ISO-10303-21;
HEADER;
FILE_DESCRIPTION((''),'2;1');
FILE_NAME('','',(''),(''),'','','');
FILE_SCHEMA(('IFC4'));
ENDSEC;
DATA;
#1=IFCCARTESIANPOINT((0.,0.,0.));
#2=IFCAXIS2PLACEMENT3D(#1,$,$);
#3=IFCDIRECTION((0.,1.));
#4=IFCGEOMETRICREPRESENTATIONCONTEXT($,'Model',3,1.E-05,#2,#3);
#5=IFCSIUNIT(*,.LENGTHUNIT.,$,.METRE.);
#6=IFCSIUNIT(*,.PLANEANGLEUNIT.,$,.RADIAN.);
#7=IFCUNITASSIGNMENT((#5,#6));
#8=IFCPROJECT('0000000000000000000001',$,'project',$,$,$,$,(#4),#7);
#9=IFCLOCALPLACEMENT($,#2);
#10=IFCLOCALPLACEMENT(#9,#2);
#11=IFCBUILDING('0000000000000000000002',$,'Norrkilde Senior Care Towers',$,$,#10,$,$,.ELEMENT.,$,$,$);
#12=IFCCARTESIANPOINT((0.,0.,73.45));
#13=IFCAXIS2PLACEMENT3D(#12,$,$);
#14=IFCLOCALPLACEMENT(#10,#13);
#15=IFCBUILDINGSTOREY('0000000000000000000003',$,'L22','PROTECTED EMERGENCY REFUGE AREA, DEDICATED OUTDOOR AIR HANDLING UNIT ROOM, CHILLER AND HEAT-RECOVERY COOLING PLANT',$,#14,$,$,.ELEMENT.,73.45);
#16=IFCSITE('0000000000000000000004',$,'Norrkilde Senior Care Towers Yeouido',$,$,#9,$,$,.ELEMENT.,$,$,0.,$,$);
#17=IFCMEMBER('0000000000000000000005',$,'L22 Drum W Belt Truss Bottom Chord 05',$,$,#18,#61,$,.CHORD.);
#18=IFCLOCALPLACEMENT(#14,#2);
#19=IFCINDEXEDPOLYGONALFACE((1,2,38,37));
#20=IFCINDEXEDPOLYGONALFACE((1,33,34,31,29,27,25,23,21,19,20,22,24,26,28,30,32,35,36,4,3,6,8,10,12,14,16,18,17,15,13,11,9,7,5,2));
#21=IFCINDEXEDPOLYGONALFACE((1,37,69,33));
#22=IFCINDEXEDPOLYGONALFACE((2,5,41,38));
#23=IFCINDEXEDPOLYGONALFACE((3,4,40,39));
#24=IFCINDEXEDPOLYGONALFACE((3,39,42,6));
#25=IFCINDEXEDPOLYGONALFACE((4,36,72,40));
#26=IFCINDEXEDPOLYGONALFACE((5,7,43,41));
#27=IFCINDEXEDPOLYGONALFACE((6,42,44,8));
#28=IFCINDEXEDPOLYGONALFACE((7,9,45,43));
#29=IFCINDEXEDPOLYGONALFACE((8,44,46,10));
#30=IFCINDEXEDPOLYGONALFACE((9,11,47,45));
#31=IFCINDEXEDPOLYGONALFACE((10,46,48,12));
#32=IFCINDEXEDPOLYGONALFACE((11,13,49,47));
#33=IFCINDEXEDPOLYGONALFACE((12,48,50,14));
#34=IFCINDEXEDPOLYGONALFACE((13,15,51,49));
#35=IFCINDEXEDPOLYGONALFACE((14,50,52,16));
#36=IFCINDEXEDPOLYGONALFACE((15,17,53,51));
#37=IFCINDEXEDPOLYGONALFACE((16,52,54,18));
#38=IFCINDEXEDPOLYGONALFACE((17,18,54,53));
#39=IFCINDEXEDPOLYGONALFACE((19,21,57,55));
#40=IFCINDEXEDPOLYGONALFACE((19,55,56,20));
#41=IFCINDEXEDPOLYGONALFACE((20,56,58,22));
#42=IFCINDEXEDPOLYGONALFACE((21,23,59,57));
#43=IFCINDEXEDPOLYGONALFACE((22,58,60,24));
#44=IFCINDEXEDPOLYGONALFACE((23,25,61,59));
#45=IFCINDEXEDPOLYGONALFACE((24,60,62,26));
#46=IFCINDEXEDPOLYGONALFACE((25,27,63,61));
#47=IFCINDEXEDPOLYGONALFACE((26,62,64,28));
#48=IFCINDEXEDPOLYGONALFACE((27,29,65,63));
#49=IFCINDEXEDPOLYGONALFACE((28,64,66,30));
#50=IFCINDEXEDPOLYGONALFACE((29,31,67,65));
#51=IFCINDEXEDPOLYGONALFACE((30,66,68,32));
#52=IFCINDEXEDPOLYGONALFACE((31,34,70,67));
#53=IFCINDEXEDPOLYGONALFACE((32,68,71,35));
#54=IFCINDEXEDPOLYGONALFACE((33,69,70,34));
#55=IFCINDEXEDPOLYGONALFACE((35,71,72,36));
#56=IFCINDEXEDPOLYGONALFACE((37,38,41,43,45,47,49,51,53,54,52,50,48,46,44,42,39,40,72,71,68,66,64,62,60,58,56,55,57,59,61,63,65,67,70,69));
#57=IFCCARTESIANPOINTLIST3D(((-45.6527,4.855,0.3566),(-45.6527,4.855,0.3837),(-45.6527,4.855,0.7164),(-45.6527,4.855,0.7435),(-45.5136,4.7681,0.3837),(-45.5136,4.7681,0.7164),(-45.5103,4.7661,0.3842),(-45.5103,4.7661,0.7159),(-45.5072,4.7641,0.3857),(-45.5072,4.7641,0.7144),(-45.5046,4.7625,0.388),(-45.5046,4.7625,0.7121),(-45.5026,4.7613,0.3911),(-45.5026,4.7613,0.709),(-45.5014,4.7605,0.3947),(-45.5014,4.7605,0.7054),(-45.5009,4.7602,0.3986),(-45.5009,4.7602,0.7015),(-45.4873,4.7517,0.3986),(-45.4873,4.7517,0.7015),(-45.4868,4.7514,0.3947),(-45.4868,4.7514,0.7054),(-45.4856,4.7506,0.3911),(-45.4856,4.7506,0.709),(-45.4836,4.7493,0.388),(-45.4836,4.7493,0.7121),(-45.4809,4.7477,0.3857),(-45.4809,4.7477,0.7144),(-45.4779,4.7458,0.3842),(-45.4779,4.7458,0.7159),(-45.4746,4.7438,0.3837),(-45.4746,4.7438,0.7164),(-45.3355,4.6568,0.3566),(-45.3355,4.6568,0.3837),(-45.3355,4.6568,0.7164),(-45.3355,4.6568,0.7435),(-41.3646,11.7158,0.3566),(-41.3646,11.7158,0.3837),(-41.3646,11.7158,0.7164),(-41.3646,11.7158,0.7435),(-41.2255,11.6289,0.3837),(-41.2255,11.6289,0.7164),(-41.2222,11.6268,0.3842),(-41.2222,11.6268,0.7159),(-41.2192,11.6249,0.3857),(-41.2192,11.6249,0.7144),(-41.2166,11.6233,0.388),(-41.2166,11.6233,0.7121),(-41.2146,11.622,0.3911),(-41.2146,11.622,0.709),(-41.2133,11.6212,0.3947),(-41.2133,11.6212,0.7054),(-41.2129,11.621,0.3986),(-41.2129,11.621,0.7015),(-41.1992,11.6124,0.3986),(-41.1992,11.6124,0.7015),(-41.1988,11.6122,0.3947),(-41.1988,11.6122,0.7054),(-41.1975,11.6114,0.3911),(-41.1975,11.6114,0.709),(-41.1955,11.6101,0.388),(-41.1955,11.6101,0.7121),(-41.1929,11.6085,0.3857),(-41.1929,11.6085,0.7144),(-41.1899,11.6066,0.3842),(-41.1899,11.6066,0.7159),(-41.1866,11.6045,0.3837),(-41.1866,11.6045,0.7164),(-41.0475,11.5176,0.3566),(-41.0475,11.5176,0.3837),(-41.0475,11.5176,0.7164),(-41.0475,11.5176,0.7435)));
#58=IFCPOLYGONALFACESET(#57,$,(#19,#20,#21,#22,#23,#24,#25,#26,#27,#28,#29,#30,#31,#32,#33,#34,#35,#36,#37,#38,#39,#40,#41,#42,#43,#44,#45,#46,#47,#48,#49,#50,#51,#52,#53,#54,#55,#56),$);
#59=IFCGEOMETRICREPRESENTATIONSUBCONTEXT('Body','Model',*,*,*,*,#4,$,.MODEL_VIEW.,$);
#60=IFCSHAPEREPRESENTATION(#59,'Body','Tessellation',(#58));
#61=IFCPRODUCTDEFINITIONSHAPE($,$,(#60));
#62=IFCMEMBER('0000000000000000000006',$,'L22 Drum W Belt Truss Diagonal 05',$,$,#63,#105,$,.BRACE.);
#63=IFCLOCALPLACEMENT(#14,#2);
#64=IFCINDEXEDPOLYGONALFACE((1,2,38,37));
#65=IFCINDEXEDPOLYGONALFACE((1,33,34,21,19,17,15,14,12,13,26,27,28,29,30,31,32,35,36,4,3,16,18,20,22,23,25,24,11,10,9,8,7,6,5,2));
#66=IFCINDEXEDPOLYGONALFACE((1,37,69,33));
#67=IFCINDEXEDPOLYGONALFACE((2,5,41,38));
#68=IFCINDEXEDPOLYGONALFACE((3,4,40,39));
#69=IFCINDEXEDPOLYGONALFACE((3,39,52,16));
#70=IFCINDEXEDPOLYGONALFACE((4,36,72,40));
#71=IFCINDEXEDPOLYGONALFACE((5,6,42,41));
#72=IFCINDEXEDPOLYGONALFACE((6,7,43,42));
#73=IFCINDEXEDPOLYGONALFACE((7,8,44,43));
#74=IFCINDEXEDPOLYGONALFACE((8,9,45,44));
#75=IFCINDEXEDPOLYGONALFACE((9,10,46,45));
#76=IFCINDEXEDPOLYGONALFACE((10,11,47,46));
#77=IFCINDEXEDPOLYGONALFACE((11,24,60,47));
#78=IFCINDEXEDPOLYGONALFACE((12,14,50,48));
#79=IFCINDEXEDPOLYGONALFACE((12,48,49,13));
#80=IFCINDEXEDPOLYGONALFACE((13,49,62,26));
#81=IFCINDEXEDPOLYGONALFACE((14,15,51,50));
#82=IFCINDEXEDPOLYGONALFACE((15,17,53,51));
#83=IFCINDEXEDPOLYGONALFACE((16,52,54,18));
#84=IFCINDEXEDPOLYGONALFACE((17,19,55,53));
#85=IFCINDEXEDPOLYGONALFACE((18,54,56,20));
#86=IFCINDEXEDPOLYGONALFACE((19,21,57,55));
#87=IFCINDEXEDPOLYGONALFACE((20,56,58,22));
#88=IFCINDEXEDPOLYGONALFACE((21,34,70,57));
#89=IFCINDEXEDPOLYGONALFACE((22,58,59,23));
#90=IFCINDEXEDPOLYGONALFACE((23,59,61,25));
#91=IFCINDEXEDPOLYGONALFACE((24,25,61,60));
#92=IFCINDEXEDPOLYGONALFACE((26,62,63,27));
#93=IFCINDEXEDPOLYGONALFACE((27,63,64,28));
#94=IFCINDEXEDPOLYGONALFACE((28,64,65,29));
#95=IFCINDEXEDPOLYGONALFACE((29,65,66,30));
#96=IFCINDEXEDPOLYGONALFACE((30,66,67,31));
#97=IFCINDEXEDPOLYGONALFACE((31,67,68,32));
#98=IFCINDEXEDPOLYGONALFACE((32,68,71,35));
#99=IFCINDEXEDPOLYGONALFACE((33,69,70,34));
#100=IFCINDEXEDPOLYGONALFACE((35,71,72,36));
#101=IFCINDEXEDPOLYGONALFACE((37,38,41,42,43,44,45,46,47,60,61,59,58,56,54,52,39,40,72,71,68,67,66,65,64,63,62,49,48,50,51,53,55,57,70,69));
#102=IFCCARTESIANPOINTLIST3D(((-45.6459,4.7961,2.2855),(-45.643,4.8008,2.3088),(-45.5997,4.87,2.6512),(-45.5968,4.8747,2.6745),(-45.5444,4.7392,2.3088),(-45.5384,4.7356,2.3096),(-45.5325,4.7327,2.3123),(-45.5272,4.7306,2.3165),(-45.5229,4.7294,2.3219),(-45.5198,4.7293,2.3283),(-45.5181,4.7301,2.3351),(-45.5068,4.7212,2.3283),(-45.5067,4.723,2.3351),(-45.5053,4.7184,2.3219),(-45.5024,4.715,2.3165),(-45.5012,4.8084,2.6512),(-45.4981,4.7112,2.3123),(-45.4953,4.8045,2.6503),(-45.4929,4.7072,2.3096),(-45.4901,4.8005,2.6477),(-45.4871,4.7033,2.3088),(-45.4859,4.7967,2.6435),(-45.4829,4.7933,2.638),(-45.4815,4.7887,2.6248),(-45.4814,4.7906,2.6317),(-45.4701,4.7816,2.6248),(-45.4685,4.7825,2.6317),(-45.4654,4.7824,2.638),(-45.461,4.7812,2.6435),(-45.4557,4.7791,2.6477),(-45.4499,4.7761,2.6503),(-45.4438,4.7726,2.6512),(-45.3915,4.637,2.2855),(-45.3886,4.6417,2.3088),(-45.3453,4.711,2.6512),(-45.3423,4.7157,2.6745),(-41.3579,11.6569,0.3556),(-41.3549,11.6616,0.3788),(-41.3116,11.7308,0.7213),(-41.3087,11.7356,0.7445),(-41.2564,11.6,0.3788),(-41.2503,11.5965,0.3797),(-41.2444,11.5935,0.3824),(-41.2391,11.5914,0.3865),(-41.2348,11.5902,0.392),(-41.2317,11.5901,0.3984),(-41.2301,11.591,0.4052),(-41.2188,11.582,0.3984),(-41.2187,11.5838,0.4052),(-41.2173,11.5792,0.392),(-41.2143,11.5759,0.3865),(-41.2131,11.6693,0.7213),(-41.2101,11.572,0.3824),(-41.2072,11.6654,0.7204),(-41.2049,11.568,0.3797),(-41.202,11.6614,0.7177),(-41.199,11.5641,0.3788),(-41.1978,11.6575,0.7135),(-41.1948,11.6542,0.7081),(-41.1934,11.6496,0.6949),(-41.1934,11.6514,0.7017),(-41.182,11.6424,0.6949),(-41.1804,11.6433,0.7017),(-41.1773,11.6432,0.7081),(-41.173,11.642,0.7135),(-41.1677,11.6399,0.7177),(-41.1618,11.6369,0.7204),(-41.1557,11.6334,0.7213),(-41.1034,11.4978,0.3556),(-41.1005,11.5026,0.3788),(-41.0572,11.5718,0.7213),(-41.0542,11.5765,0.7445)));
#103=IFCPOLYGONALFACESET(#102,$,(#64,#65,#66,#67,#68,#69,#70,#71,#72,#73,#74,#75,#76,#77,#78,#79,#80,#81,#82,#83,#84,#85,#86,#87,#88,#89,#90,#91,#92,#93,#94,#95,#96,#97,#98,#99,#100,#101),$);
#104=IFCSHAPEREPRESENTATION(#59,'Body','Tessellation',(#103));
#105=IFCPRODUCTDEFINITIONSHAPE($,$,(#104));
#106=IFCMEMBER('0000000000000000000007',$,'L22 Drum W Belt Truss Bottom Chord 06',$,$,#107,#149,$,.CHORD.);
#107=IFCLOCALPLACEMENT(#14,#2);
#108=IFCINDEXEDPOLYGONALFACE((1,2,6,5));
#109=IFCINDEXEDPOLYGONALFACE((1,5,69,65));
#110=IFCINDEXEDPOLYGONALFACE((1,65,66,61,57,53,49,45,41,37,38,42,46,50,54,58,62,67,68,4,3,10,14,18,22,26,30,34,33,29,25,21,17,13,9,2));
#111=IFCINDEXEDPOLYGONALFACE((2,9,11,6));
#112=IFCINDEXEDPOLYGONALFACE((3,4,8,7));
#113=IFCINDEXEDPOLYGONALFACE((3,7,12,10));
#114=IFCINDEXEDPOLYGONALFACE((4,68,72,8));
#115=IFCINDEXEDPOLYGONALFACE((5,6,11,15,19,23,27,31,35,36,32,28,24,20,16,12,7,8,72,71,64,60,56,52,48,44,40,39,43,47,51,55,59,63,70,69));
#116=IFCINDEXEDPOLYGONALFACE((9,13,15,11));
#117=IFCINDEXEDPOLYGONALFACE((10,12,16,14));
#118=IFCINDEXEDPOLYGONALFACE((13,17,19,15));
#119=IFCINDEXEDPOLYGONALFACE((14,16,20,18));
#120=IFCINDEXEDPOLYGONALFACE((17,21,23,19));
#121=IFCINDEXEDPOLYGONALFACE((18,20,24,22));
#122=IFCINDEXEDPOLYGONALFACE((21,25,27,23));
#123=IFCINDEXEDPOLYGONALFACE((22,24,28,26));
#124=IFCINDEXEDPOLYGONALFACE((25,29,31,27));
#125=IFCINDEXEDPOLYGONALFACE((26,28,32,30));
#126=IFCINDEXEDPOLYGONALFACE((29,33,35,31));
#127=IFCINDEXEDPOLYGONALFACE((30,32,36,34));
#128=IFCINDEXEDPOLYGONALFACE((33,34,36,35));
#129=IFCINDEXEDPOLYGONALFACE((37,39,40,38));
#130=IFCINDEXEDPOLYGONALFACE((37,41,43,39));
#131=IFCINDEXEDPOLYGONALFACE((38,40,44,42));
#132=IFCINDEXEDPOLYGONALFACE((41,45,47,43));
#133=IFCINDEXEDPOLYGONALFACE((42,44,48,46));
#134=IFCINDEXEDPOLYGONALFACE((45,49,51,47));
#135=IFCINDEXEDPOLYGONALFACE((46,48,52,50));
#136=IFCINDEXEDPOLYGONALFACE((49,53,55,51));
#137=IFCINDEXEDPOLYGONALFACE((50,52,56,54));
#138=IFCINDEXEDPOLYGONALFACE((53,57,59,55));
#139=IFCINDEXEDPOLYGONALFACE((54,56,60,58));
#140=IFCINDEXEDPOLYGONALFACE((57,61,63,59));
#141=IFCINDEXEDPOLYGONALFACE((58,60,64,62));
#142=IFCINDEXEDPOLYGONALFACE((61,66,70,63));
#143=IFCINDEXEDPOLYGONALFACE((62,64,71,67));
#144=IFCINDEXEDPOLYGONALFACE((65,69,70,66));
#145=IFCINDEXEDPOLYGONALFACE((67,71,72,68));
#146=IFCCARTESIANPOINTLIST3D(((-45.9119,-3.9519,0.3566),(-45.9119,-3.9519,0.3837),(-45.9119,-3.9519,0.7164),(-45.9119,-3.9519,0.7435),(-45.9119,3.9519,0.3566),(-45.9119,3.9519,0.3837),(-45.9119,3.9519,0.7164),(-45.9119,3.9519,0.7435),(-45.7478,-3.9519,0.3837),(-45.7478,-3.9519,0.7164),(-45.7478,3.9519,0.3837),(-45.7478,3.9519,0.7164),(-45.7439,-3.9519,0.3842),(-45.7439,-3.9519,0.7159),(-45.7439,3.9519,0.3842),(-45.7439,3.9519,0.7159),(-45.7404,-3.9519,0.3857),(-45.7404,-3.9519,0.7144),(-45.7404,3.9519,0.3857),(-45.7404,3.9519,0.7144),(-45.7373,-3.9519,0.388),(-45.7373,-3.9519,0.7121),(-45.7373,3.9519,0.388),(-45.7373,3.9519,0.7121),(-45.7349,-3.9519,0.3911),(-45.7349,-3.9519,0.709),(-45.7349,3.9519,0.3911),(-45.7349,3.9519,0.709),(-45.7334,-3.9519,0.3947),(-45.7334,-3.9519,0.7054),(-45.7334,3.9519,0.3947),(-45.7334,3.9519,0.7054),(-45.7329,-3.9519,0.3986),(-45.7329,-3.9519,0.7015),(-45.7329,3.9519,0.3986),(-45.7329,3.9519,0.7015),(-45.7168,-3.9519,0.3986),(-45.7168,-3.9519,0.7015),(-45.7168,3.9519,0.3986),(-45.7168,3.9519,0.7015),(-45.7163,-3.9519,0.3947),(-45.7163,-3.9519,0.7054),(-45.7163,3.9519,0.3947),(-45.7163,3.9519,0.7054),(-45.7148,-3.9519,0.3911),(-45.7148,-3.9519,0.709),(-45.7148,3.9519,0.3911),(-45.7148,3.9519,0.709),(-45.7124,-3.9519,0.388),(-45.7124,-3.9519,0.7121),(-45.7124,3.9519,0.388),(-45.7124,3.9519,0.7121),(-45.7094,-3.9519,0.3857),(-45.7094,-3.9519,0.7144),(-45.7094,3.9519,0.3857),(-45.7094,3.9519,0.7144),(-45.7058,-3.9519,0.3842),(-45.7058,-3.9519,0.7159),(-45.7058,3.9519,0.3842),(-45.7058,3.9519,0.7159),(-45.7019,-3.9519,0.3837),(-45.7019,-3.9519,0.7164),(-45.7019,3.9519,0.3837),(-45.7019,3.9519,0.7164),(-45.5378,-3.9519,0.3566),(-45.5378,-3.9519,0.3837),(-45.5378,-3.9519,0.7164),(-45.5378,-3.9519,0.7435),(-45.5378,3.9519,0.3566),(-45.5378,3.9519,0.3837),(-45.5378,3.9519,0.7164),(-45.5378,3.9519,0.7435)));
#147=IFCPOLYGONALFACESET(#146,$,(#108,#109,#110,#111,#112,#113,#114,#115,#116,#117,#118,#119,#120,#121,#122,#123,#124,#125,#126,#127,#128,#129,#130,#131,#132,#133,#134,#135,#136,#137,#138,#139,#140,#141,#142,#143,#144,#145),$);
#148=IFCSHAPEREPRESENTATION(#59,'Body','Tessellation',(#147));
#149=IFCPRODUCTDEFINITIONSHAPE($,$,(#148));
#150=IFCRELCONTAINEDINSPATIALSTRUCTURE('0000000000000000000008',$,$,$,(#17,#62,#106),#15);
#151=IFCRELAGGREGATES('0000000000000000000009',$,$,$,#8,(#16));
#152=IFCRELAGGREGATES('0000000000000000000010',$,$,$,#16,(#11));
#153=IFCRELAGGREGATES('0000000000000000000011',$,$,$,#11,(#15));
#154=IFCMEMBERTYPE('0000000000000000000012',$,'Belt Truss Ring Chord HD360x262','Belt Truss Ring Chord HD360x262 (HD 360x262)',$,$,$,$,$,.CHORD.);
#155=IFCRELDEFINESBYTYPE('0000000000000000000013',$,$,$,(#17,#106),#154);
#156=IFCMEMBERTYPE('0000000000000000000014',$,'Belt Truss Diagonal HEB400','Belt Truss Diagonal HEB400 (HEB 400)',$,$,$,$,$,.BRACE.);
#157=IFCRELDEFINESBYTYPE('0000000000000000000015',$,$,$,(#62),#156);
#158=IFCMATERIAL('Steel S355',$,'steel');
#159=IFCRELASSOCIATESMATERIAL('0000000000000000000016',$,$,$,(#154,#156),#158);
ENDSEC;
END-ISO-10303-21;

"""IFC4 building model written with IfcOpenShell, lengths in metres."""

from ifc_helpers import new_model, si_unit, direction, frame, origin, origin_2d, place, context, subcontext, project, spatial, i_section, extrude, source, transform, mapped, material, material_profile, profile_set, type_object, type_shapes, element, save


model = new_model("IFC4")

# Units and contexts
model_context = context("Model", 3, precision=1e-05, world=origin(), true_north=direction((0.0, 1.0)))
body_context = subcontext(model_context, "Body", "Model", "MODEL_VIEW")
ifc_project = project(units=[si_unit("LENGTHUNIT", "METRE"), si_unit("PLANEANGLEUNIT", "RADIAN")], contexts=[model_context])

# Site, building, storey
site_placement = place(None, origin())
site = spatial("IfcSite", under=ifc_project, at=site_placement, Name="Norrkilde Senior Care Towers Yeouido", CompositionType="ELEMENT", RefElevation=0.0)
building_placement = place(site_placement, origin())
building = spatial("IfcBuilding", under=site, at=building_placement, Name="Norrkilde Senior Care Towers", CompositionType="ELEMENT")
storey_placement = place(building_placement, frame((0.0, 0.0, 73.45)))
storey = spatial("IfcBuildingStorey", under=building, at=storey_placement, Name="L22", Description="PROTECTED EMERGENCY REFUGE AREA, DEDICATED OUTDOOR AIR HANDLING UNIT ROOM, CHILLER AND HEAT-RECOVERY COOLING PLANT", CompositionType="ELEMENT", Elevation=73.45)

# Members
ifc_material_1 = material(Name="Steel S355", Category="steel")
ifc_material_profile_1 = material_profile(ifc_material_1, i_section(OverallWidth=0.374, OverallDepth=0.387, WebThickness=0.0161, FlangeThickness=0.0271, FilletRadius=0.0149, at=origin_2d()), Name="HD 360x262")
ifc_profile_set_1 = profile_set([ifc_material_profile_1], Name="Steel S355")
member_type_1 = type_object("IfcMemberType", Name="Belt Truss Ring Chord HD360x262", Description="Belt Truss Ring Chord HD360x262 (HD 360x262)", PredefinedType="CHORD", material=ifc_profile_set_1)
shared_shape_1 = source(origin(), body_context, "Body", "SweptSolid", [
    extrude(i_section(OverallWidth=0.374, OverallDepth=0.387, WebThickness=0.0161, FlangeThickness=0.0271, FilletRadius=0.0149, at=origin_2d()), origin(), (0.0, 0.0, 1.0), 8.0906),
])
member_1_placement = place(storey_placement, frame((-41.2061, 11.6167, 0.55), z_axis=(-0.530004, -0.847995, 0.0), x_axis=(0.847995, -0.530004, 0.0)))
element("IfcMember", 1, at=member_1_placement, inside=storey, type_object=member_type_1, Name="L22 Drum W Belt Truss Bottom Chord 05", PredefinedType="CHORD", context=body_context, shape_type="MappedRepresentation", body=[
    mapped(shared_shape_1, transform((0.0, 0.0, 0.0), x_axis=(1.0, 0.0, 0.0), y_axis=(0.0, 1.0, 0.0), z_axis=(0.0, 0.0, 1.0), scale=1.0)),
])
ifc_material_profile_2 = material_profile(ifc_material_1, i_section(OverallWidth=0.3, OverallDepth=0.3999, WebThickness=0.0134, FlangeThickness=0.0239, FilletRadius=0.0271, at=origin_2d()), Name="HEB 400")
ifc_profile_set_2 = profile_set([ifc_material_profile_2], Name="Steel S355")
member_type_2 = type_object("IfcMemberType", Name="Belt Truss Diagonal HEB400", Description="Belt Truss Diagonal HEB400 (HEB 400)", PredefinedType="BRACE", material=ifc_profile_set_2)
shared_shape_2 = source(origin(), body_context, "Body", "SweptSolid", [
    extrude(i_section(OverallWidth=0.3, OverallDepth=0.3999, WebThickness=0.0134, FlangeThickness=0.0239, FilletRadius=0.0271, at=origin_2d()), origin(), (0.0, 0.0, 1.0), 8.3176),
])
member_2_placement = place(storey_placement, frame((-41.2061, 11.6167, 0.55), z_axis=(-0.51554, -0.824852, 0.232028), x_axis=(0.847995, -0.530004, 0.0)))
element("IfcMember", 2, at=member_2_placement, inside=storey, type_object=member_type_2, Name="L22 Drum W Belt Truss Diagonal 05", PredefinedType="BRACE", context=body_context, shape_type="MappedRepresentation", body=[
    mapped(shared_shape_2, transform((0.0, 0.0, 0.0), x_axis=(1.0, 0.0, 0.0), y_axis=(0.0, 1.0, 0.0), z_axis=(0.0, 0.0, 1.0), scale=1.0)),
])
shared_shape_3 = source(origin(), body_context, "Body", "SweptSolid", [
    extrude(i_section(OverallWidth=0.374, OverallDepth=0.387, WebThickness=0.0161, FlangeThickness=0.0271, FilletRadius=0.0149, at=origin_2d()), origin(), (0.0, 0.0, 1.0), 7.9038),
])
type_shapes(member_type_1, [shared_shape_1, shared_shape_3])
member_3_placement = place(storey_placement, frame((-45.7249, 3.9519, 0.55), z_axis=(0.0, -1.0, 0.0), x_axis=(1.0, 0.0, 0.0)))
element("IfcMember", 3, at=member_3_placement, inside=storey, type_object=member_type_1, Name="L22 Drum W Belt Truss Bottom Chord 06", PredefinedType="CHORD", context=body_context, shape_type="MappedRepresentation", body=[
    mapped(shared_shape_3, transform((0.0, 0.0, 0.0), x_axis=(1.0, 0.0, 0.0), y_axis=(0.0, 1.0, 0.0), z_axis=(0.0, 0.0, 1.0), scale=1.0)),
])

save(model, "model.ifc")
